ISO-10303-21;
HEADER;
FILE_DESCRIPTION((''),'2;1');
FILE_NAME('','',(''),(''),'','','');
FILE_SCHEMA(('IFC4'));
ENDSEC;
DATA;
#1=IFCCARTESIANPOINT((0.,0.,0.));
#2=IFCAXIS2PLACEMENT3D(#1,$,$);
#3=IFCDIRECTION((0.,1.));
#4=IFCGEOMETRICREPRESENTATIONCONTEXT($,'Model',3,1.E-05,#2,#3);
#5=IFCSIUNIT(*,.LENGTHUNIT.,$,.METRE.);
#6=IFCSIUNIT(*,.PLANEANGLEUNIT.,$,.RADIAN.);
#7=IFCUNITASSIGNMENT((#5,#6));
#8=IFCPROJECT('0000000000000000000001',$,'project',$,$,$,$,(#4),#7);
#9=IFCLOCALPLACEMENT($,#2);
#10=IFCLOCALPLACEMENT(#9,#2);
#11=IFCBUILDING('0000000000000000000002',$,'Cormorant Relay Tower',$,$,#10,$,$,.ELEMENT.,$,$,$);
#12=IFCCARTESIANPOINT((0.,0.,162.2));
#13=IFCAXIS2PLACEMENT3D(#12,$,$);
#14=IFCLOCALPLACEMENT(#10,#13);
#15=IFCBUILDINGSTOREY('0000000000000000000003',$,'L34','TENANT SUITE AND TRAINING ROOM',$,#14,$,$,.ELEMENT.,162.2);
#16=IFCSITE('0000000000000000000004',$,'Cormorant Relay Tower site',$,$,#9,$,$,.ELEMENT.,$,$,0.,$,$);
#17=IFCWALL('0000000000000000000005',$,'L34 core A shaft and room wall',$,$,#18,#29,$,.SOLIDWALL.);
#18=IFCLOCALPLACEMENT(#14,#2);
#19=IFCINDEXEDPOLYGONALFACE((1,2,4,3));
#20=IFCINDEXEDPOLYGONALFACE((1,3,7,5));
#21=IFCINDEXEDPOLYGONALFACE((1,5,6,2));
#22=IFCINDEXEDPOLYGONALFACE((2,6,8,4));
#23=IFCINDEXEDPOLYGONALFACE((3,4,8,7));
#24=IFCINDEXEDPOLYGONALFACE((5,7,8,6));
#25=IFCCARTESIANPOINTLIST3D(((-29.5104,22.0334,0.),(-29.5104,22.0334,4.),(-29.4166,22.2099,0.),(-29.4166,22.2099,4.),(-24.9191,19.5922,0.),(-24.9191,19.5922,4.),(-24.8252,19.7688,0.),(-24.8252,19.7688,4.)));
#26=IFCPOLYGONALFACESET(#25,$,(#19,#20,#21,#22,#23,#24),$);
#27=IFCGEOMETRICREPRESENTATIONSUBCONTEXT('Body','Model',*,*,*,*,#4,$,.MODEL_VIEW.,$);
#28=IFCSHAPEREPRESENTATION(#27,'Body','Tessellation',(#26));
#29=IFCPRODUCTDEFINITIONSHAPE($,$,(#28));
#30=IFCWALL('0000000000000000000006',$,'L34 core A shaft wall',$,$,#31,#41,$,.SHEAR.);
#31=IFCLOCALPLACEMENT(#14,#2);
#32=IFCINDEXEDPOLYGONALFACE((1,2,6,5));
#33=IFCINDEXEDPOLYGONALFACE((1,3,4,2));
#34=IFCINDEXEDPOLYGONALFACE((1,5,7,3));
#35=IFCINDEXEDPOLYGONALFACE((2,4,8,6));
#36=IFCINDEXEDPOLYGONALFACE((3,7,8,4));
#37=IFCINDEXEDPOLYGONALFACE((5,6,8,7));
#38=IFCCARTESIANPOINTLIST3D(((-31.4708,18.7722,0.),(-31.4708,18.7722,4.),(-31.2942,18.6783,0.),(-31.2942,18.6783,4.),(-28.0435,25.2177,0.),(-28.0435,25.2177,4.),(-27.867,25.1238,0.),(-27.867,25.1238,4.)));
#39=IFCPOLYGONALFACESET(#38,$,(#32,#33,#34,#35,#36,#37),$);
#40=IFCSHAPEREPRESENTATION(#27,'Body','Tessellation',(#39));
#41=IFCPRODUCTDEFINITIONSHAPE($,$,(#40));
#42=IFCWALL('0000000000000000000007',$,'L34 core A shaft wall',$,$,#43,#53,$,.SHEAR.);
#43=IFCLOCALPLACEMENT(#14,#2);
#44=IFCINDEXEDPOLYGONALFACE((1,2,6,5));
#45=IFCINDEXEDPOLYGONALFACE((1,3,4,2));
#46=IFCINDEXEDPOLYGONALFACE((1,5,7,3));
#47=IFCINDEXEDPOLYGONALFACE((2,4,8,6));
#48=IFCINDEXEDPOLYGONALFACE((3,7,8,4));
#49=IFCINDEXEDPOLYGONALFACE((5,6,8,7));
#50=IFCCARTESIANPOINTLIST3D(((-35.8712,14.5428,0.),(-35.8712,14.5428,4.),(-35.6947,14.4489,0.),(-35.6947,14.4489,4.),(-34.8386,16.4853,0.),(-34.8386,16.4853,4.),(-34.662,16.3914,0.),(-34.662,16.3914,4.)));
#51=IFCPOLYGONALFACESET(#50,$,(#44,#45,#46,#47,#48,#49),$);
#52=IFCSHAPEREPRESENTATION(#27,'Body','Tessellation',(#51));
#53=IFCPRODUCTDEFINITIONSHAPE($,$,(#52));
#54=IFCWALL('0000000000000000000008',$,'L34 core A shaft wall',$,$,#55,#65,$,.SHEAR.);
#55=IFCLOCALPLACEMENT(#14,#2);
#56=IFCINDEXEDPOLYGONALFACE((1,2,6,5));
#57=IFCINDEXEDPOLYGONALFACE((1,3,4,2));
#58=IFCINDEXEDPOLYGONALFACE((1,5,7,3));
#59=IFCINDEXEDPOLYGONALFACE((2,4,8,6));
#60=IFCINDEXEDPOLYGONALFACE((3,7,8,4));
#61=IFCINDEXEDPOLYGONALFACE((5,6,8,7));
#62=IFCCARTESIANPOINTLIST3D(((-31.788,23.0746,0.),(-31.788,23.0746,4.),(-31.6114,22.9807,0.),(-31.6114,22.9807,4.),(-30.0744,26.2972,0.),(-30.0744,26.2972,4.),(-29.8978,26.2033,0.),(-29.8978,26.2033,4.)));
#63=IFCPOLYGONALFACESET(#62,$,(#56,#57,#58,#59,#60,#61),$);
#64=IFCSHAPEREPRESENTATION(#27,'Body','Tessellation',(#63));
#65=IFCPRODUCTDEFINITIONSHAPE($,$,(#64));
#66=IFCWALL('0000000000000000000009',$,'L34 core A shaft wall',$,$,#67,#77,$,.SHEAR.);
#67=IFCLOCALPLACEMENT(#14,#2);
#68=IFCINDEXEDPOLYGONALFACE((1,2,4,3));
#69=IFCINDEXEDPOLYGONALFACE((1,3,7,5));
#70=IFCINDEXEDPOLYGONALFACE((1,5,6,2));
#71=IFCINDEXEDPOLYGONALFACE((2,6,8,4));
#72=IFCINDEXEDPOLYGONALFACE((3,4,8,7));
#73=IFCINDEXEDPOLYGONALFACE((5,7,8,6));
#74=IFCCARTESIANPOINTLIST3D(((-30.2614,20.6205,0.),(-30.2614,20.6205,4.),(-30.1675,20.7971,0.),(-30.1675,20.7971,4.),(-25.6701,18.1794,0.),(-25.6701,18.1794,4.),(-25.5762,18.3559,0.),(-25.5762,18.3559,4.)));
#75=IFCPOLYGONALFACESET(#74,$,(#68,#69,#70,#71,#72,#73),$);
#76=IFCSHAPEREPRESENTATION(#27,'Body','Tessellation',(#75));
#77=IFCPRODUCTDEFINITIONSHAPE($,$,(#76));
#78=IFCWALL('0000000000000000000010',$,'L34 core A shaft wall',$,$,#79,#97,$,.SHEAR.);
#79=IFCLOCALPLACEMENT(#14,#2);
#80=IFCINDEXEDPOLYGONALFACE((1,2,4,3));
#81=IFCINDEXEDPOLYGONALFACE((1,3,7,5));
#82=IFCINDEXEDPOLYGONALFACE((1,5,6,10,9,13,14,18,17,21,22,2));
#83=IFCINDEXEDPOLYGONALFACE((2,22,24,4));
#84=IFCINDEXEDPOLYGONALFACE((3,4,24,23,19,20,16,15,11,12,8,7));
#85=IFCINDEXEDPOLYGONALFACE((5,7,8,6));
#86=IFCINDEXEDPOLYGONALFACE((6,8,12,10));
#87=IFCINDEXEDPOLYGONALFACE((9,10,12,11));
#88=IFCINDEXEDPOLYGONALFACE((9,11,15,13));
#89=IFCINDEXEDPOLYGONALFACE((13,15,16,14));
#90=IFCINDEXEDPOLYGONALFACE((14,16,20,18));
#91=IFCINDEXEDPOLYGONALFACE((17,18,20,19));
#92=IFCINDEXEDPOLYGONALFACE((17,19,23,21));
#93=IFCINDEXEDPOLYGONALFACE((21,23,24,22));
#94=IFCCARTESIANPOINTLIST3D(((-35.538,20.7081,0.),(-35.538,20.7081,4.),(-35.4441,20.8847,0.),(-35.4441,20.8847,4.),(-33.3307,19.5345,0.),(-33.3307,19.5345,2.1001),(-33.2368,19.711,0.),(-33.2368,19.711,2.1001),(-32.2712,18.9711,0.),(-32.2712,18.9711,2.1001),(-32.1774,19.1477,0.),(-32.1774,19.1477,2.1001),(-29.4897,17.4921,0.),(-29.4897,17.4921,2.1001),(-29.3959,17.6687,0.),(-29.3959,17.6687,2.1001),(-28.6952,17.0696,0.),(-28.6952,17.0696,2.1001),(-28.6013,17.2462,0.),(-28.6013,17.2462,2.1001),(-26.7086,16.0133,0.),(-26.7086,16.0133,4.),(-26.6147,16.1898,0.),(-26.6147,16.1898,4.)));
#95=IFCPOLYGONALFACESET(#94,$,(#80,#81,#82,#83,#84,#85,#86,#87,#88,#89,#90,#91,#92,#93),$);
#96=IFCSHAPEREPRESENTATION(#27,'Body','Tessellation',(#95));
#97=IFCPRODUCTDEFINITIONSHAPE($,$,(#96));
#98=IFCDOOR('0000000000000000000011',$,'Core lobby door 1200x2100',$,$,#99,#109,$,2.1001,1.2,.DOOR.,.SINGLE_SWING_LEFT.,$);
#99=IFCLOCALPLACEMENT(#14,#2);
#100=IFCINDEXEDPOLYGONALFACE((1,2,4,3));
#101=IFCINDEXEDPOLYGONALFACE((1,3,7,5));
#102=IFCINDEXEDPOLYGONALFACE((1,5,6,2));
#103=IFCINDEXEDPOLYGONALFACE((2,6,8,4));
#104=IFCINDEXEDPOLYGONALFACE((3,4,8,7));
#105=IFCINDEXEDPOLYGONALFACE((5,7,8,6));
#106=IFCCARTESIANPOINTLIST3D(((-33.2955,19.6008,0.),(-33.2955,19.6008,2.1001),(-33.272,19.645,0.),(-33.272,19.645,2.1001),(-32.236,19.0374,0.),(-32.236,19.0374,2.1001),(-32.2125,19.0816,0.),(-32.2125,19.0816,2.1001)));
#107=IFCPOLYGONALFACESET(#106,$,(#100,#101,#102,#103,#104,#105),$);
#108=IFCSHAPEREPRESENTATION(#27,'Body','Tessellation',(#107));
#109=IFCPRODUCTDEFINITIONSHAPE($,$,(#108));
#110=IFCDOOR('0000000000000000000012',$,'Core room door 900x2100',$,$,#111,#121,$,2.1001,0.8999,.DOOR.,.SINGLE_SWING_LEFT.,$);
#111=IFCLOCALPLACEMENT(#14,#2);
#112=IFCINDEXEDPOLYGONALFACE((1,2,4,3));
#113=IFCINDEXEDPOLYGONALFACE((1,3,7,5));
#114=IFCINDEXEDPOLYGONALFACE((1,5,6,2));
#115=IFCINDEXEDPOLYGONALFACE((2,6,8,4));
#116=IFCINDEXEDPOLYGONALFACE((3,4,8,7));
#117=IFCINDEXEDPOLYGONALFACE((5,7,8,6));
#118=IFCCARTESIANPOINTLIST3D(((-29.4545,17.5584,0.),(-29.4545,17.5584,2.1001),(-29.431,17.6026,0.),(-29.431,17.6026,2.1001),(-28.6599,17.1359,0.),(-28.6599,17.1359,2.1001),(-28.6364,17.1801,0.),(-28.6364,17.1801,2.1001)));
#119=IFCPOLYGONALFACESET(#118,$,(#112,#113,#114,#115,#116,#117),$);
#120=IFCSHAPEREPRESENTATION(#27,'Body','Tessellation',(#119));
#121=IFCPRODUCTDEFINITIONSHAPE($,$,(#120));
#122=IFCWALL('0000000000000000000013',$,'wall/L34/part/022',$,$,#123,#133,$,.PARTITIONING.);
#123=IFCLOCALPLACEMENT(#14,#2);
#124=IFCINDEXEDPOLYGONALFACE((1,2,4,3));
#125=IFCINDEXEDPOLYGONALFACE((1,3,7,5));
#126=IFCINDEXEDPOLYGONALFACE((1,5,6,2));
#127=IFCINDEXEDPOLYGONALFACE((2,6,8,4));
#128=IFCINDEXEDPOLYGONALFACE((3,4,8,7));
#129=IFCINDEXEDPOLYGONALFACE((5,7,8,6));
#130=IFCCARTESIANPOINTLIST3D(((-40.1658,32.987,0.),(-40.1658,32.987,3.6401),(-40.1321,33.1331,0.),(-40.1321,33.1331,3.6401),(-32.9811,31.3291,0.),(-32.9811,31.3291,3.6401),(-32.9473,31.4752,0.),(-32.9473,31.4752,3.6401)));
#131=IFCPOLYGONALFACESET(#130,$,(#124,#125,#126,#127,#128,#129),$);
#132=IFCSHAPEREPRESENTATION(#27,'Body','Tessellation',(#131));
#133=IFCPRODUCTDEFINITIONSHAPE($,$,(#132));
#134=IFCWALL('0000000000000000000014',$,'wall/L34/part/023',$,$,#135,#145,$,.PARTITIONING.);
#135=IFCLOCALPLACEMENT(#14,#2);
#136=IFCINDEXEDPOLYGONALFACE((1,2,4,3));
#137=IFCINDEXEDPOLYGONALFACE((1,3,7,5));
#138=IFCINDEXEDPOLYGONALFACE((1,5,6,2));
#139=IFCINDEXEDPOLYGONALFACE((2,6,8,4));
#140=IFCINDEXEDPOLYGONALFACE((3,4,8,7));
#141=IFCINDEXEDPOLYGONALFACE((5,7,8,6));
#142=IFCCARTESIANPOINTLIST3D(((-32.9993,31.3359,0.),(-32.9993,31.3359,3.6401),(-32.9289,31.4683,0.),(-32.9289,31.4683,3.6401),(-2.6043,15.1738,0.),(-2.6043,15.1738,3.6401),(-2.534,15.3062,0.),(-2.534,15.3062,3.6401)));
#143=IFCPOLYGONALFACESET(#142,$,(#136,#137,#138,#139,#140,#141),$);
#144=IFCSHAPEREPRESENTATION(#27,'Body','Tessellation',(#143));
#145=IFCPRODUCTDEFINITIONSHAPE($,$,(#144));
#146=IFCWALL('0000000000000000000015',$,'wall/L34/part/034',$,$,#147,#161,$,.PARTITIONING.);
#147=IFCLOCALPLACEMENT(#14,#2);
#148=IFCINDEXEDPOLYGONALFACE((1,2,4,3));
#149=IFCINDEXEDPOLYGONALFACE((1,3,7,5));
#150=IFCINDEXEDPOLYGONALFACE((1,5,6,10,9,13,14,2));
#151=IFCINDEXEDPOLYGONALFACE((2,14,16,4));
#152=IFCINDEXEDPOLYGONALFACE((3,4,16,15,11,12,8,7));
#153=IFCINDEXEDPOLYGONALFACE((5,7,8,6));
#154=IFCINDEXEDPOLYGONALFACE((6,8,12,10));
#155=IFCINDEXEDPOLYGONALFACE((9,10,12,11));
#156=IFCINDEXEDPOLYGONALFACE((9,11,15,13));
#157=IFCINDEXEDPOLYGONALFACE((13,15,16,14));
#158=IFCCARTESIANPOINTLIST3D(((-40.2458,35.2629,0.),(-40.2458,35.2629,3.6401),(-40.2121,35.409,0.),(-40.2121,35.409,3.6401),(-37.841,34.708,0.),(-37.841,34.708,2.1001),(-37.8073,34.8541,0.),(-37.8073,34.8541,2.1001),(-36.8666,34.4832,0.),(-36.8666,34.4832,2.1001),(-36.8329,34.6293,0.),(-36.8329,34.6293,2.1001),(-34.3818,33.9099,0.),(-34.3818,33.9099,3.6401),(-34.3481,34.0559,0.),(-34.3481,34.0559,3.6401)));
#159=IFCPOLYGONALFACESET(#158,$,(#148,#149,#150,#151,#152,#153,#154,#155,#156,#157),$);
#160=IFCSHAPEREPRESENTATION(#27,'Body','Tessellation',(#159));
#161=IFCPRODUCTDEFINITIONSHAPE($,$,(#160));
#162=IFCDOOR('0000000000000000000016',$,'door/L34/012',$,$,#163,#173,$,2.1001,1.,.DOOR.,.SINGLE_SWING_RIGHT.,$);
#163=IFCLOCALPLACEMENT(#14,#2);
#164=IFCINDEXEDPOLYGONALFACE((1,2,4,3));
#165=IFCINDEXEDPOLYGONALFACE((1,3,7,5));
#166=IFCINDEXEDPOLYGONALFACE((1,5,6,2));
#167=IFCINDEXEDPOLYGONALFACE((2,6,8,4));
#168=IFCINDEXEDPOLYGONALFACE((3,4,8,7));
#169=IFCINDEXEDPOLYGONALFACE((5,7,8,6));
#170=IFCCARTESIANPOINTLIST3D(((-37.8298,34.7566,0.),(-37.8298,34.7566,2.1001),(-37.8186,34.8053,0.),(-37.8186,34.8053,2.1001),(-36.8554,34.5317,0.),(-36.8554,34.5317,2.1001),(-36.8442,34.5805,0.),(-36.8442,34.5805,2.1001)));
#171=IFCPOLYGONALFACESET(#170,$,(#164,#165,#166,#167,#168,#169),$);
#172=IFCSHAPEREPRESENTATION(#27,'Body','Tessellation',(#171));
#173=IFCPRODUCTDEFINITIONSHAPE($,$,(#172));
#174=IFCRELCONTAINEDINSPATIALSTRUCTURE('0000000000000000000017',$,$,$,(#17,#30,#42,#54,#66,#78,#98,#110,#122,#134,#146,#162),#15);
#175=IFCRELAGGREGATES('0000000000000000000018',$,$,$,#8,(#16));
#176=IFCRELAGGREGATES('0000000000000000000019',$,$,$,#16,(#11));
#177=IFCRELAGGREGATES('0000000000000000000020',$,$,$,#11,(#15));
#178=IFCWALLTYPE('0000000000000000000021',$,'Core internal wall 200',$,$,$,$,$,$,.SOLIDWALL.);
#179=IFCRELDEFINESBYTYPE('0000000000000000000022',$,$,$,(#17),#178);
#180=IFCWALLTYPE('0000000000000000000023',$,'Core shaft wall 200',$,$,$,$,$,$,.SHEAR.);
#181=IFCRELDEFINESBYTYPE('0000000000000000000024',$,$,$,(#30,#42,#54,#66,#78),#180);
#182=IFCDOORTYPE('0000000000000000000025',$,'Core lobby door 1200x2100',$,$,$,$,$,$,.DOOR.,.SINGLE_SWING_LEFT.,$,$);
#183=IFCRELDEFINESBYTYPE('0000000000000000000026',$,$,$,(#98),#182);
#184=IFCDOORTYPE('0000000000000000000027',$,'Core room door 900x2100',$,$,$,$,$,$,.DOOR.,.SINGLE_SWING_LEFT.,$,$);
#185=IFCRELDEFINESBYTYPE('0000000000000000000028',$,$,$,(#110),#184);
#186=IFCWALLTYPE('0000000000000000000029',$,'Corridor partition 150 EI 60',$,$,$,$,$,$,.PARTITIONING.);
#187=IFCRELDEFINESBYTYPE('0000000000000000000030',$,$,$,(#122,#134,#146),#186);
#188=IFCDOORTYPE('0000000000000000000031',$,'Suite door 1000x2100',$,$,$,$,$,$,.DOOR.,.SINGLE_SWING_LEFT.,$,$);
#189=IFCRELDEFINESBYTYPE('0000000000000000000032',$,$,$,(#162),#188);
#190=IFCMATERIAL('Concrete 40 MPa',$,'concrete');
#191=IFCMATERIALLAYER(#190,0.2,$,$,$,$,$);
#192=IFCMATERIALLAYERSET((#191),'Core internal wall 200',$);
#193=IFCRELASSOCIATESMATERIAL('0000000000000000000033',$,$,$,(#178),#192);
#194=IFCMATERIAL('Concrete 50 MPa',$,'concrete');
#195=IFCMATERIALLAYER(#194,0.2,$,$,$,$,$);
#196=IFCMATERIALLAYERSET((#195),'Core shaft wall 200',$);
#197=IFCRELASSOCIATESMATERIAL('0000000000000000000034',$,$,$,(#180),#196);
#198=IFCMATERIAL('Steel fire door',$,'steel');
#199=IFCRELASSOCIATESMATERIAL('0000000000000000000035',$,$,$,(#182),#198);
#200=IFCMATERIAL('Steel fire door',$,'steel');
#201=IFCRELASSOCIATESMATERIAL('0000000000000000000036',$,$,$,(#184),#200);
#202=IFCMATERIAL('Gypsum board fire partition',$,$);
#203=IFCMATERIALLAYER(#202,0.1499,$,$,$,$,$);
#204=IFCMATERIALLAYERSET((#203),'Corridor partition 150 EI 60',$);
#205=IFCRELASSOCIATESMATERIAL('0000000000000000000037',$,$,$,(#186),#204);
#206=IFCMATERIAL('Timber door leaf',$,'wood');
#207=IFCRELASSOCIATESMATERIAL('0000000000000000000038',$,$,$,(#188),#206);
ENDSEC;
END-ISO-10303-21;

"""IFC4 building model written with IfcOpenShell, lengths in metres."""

from ifc_helpers import new_model, si_unit, direction, frame, frame_2d, origin, place, context, subcontext, project, spatial, rectangle, extrude, material, layer, layer_set, type_object, element, fill, save


model = new_model("IFC4")

# Units and contexts
model_context = context("Model", 3, precision=1e-05, world=origin(), true_north=direction((0.0, 1.0)))
body_context = subcontext(model_context, "Body", "Model", "MODEL_VIEW")
ifc_project = project(units=[si_unit("LENGTHUNIT", "METRE"), si_unit("PLANEANGLEUNIT", "RADIAN")], contexts=[model_context])

# Site, building, storey
site_placement = place(None, origin())
site = spatial("IfcSite", under=ifc_project, at=site_placement, Name="Cormorant Relay Tower site", CompositionType="ELEMENT", RefElevation=0.0)
building_placement = place(site_placement, origin())
building = spatial("IfcBuilding", under=site, at=building_placement, Name="Cormorant Relay Tower", CompositionType="ELEMENT")
storey_placement = place(building_placement, frame((0.0, 0.0, 162.2)))
storey = spatial("IfcBuildingStorey", under=building, at=storey_placement, Name="L34", Description="TENANT SUITE AND TRAINING ROOM", CompositionType="ELEMENT", Elevation=162.2)

# Walls
ifc_material_1 = material(Name="Concrete 40 MPa", Category="concrete")
ifc_layer_1 = layer(ifc_material_1, 0.2)
ifc_layer_set_1 = layer_set([ifc_layer_1], Name="Core internal wall 200")
wall_type_1 = type_object("IfcWallType", Name="Core internal wall 200", PredefinedType="SOLIDWALL", material=ifc_layer_set_1)
wall_1_placement = place(storey_placement, frame((-24.8721, 19.6804, 0.0), z_axis=(0.0, 0.0, 1.0), x_axis=(-0.882954, 0.46946, 0.0)))
element("IfcWall", 1, at=wall_1_placement, inside=storey, type_object=wall_type_1, Name="L34 core A shaft and room wall", PredefinedType="SOLIDWALL", context=body_context, shape_type="SweptSolid", body=[
    extrude(rectangle(XDim=5.2, YDim=0.2, at=frame_2d((2.6001, 0.0))), origin(), (0.0, 0.0, 1.0), 4.0),
])
ifc_material_2 = material(Name="Concrete 50 MPa", Category="concrete")
ifc_layer_2 = layer(ifc_material_2, 0.2)
ifc_layer_set_2 = layer_set([ifc_layer_2], Name="Core shaft wall 200")
wall_type_2 = type_object("IfcWallType", Name="Core shaft wall 200", PredefinedType="SHEAR", material=ifc_layer_set_2)
wall_2_placement = place(storey_placement, frame((-27.9553, 25.1707, 0.0), z_axis=(0.0, 0.0, 1.0), x_axis=(-0.46948, -0.882943, 0.0)))
element("IfcWall", 2, at=wall_2_placement, inside=storey, type_object=wall_type_2, Name="L34 core A shaft wall", PredefinedType="SHEAR", context=body_context, shape_type="SweptSolid", body=[
    extrude(rectangle(XDim=7.3, YDim=0.2, at=frame_2d((3.6499, 0.0))), origin(), (0.0, 0.0, 1.0), 4.0),
])
wall_3_placement = place(storey_placement, frame((-34.7502, 16.4385, 0.0), z_axis=(0.0, 0.0, 1.0), x_axis=(-0.469401, -0.882985, 0.0)))
element("IfcWall", 3, at=wall_3_placement, inside=storey, type_object=wall_type_2, Name="L34 core A shaft wall", PredefinedType="SHEAR", context=body_context, shape_type="SweptSolid", body=[
    extrude(rectangle(XDim=2.2, YDim=0.2, at=frame_2d((1.1001, 0.0))), origin(), (0.0, 0.0, 1.0), 4.0),
])
wall_4_placement = place(storey_placement, frame((-29.9861, 26.2502, 0.0), z_axis=(0.0, 0.0, 1.0), x_axis=(-0.469494, -0.882936, 0.0)))
element("IfcWall", 4, at=wall_4_placement, inside=storey, type_object=wall_type_2, Name="L34 core A shaft wall", PredefinedType="SHEAR", context=body_context, shape_type="SweptSolid", body=[
    extrude(rectangle(XDim=3.6499, YDim=0.2, at=frame_2d((1.825, 0.0))), origin(), (0.0, 0.0, 1.0), 4.0),
])

# Wall
wall_5_placement = place(storey_placement, frame((-25.623, 18.2676, 0.0), z_axis=(0.0, 0.0, 1.0), x_axis=(-0.882954, 0.46946, 0.0)))
element("IfcWall", 5, at=wall_5_placement, inside=storey, type_object=wall_type_2, Name="L34 core A shaft wall", PredefinedType="SHEAR", context=body_context, shape_type="SweptSolid", body=[
    extrude(rectangle(XDim=5.2, YDim=0.2, at=frame_2d((2.6001, 0.0))), origin(), (0.0, 0.0, 1.0), 4.0),
])

# Wall, openings, doors
wall_6_placement = place(storey_placement, frame((-26.6616, 16.1016, 0.0), z_axis=(0.0, 0.0, 1.0), x_axis=(-0.88294, 0.469485, 0.0)))
wall_6 = element("IfcWall", 6, at=wall_6_placement, inside=storey, type_object=wall_type_2, Name="L34 core A shaft wall", PredefinedType="SHEAR", context=body_context, shape_type="SweptSolid", body=[
    extrude(rectangle(XDim=10.0, YDim=0.2, at=frame_2d((5.0, 0.0))), origin(), (0.0, 0.0, 1.0), 4.0),
])
opening_1_placement = place(wall_6_placement, frame((6.3, 0.0, 0.0)))
opening_1 = element("IfcOpeningElement", 7, at=opening_1_placement, cuts=wall_6, PredefinedType="OPENING", context=body_context, shape_type="SweptSolid", body=[
    extrude(rectangle(XDim=1.2, YDim=2.1001, at=frame_2d((0.6001, 1.05))), frame((0.0, 0.1099, 0.0), z_axis=(0.0, -1.0, 0.0), x_axis=(1.0, 0.0, 0.0)), (0.0, 0.0, 1.0), 0.22),
])
opening_2_placement = place(wall_6_placement, frame((2.25, 0.0, 0.0)))
opening_2 = element("IfcOpeningElement", 8, at=opening_2_placement, cuts=wall_6, PredefinedType="OPENING", context=body_context, shape_type="SweptSolid", body=[
    extrude(rectangle(XDim=0.8999, YDim=2.1001, at=frame_2d((0.45, 1.05))), frame((0.0, 0.1099, 0.0), z_axis=(0.0, -1.0, 0.0), x_axis=(1.0, 0.0, 0.0)), (0.0, 0.0, 1.0), 0.22),
])
ifc_material_3 = material(Name="Steel fire door", Category="steel")
door_type_1 = type_object("IfcDoorType", Name="Core lobby door 1200x2100", OperationType="SINGLE_SWING_LEFT", PredefinedType="DOOR", material=ifc_material_3)
door_1_placement = place(opening_1_placement, origin())
door_1 = element("IfcDoor", 9, at=door_1_placement, inside=storey, type_object=door_type_1, Name="Core lobby door 1200x2100", OperationType="SINGLE_SWING_LEFT", OverallHeight=2.1001, OverallWidth=1.2, PredefinedType="DOOR", context=body_context, shape_type="SweptSolid", body=[
    extrude(rectangle(XDim=1.2, YDim=2.1001, at=frame_2d((0.6001, 1.05))), frame((0.0, 0.0249, 0.0), z_axis=(0.0, -1.0, 0.0), x_axis=(1.0, 0.0, 0.0)), (0.0, 0.0, 1.0), 0.05),
])
fill(opening_1, door_1)
ifc_material_4 = material(Name="Steel fire door", Category="steel")
door_type_2 = type_object("IfcDoorType", Name="Core room door 900x2100", OperationType="SINGLE_SWING_LEFT", PredefinedType="DOOR", material=ifc_material_4)
door_2_placement = place(opening_2_placement, origin())
door_2 = element("IfcDoor", 10, at=door_2_placement, inside=storey, type_object=door_type_2, Name="Core room door 900x2100", OperationType="SINGLE_SWING_LEFT", OverallHeight=2.1001, OverallWidth=0.8999, PredefinedType="DOOR", context=body_context, shape_type="SweptSolid", body=[
    extrude(rectangle(XDim=0.8999, YDim=2.1001, at=frame_2d((0.45, 1.05))), frame((0.0, 0.0249, 0.0), z_axis=(0.0, -1.0, 0.0), x_axis=(1.0, 0.0, 0.0)), (0.0, 0.0, 1.0), 0.05),
])
fill(opening_2, door_2)

# Walls
ifc_material_5 = material(Name="Gypsum board fire partition")
ifc_layer_3 = layer(ifc_material_5, 0.1499)
ifc_layer_set_3 = layer_set([ifc_layer_3], Name="Corridor partition 150 EI 60")
wall_type_3 = type_object("IfcWallType", Name="Corridor partition 150 EI 60", PredefinedType="PARTITIONING", material=ifc_layer_set_3)
wall_7_placement = place(storey_placement, frame((-40.1489, 33.0601, 0.0), z_axis=(0.0, 0.0, 1.0), x_axis=(0.974393, -0.22485, 0.0)))
element("IfcWall", 11, at=wall_7_placement, inside=storey, type_object=wall_type_3, Name="wall/L34/part/022", PredefinedType="PARTITIONING", context=body_context, shape_type="SweptSolid", body=[
    extrude(rectangle(XDim=7.3735, YDim=0.1499, at=frame_2d((3.6868, 0.0))), origin(), (0.0, 0.0, 1.0), 3.6401),
])
wall_8_placement = place(storey_placement, frame((-32.9641, 31.4021, 0.0), z_axis=(0.0, 0.0, 1.0), x_axis=(0.882938, -0.469489, 0.0)))
element("IfcWall", 12, at=wall_8_placement, inside=storey, type_object=wall_type_3, Name="wall/L34/part/023", PredefinedType="PARTITIONING", context=body_context, shape_type="SweptSolid", body=[
    extrude(rectangle(XDim=34.4248, YDim=0.1499, at=frame_2d((17.2124, 0.0))), origin(), (0.0, 0.0, 1.0), 3.6401),
])

# Wall, opening, door
wall_9_placement = place(storey_placement, frame((-34.365, 33.9829, 0.0), z_axis=(0.0, 0.0, 1.0), x_axis=(-0.974399, 0.224827, 0.0)))
wall_9 = element("IfcWall", 13, at=wall_9_placement, inside=storey, type_object=wall_type_3, Name="wall/L34/part/034", PredefinedType="PARTITIONING", context=body_context, shape_type="SweptSolid", body=[
    extrude(rectangle(XDim=6.0181, YDim=0.1499, at=frame_2d((3.009, 0.0))), origin(), (0.0, 0.0, 1.0), 3.6401),
])
opening_3_placement = place(wall_9_placement, frame((2.55, 0.0, 0.0)))
opening_3 = element("IfcOpeningElement", 14, at=opening_3_placement, cuts=wall_9, PredefinedType="OPENING", context=body_context, shape_type="SweptSolid", body=[
    extrude(rectangle(XDim=1.0, YDim=2.1001, at=frame_2d((0.5, 1.05))), frame((0.0, 0.085, 0.0), z_axis=(0.0, -1.0, 0.0), x_axis=(1.0, 0.0, 0.0)), (0.0, 0.0, 1.0), 0.1699),
])
ifc_material_6 = material(Name="Timber door leaf", Category="wood")
door_type_3 = type_object("IfcDoorType", Name="Suite door 1000x2100", OperationType="SINGLE_SWING_LEFT", PredefinedType="DOOR", material=ifc_material_6)
door_3_placement = place(opening_3_placement, frame((1.0, 0.0, 0.0), z_axis=(0.0, 0.0, 1.0), x_axis=(-1.0, 0.0, 0.0)))
door_3 = element("IfcDoor", 15, at=door_3_placement, inside=storey, type_object=door_type_3, Name="door/L34/012", OperationType="SINGLE_SWING_RIGHT", OverallHeight=2.1001, OverallWidth=1.0, PredefinedType="DOOR", context=body_context, shape_type="SweptSolid", body=[
    extrude(rectangle(XDim=1.0, YDim=2.1001, at=frame_2d((0.5, 1.05))), frame((0.0, 0.0249, 0.0), z_axis=(0.0, -1.0, 0.0), x_axis=(1.0, 0.0, 0.0)), (0.0, 0.0, 1.0), 0.05),
])
fill(opening_3, door_3)

save(model, "model.ifc")
